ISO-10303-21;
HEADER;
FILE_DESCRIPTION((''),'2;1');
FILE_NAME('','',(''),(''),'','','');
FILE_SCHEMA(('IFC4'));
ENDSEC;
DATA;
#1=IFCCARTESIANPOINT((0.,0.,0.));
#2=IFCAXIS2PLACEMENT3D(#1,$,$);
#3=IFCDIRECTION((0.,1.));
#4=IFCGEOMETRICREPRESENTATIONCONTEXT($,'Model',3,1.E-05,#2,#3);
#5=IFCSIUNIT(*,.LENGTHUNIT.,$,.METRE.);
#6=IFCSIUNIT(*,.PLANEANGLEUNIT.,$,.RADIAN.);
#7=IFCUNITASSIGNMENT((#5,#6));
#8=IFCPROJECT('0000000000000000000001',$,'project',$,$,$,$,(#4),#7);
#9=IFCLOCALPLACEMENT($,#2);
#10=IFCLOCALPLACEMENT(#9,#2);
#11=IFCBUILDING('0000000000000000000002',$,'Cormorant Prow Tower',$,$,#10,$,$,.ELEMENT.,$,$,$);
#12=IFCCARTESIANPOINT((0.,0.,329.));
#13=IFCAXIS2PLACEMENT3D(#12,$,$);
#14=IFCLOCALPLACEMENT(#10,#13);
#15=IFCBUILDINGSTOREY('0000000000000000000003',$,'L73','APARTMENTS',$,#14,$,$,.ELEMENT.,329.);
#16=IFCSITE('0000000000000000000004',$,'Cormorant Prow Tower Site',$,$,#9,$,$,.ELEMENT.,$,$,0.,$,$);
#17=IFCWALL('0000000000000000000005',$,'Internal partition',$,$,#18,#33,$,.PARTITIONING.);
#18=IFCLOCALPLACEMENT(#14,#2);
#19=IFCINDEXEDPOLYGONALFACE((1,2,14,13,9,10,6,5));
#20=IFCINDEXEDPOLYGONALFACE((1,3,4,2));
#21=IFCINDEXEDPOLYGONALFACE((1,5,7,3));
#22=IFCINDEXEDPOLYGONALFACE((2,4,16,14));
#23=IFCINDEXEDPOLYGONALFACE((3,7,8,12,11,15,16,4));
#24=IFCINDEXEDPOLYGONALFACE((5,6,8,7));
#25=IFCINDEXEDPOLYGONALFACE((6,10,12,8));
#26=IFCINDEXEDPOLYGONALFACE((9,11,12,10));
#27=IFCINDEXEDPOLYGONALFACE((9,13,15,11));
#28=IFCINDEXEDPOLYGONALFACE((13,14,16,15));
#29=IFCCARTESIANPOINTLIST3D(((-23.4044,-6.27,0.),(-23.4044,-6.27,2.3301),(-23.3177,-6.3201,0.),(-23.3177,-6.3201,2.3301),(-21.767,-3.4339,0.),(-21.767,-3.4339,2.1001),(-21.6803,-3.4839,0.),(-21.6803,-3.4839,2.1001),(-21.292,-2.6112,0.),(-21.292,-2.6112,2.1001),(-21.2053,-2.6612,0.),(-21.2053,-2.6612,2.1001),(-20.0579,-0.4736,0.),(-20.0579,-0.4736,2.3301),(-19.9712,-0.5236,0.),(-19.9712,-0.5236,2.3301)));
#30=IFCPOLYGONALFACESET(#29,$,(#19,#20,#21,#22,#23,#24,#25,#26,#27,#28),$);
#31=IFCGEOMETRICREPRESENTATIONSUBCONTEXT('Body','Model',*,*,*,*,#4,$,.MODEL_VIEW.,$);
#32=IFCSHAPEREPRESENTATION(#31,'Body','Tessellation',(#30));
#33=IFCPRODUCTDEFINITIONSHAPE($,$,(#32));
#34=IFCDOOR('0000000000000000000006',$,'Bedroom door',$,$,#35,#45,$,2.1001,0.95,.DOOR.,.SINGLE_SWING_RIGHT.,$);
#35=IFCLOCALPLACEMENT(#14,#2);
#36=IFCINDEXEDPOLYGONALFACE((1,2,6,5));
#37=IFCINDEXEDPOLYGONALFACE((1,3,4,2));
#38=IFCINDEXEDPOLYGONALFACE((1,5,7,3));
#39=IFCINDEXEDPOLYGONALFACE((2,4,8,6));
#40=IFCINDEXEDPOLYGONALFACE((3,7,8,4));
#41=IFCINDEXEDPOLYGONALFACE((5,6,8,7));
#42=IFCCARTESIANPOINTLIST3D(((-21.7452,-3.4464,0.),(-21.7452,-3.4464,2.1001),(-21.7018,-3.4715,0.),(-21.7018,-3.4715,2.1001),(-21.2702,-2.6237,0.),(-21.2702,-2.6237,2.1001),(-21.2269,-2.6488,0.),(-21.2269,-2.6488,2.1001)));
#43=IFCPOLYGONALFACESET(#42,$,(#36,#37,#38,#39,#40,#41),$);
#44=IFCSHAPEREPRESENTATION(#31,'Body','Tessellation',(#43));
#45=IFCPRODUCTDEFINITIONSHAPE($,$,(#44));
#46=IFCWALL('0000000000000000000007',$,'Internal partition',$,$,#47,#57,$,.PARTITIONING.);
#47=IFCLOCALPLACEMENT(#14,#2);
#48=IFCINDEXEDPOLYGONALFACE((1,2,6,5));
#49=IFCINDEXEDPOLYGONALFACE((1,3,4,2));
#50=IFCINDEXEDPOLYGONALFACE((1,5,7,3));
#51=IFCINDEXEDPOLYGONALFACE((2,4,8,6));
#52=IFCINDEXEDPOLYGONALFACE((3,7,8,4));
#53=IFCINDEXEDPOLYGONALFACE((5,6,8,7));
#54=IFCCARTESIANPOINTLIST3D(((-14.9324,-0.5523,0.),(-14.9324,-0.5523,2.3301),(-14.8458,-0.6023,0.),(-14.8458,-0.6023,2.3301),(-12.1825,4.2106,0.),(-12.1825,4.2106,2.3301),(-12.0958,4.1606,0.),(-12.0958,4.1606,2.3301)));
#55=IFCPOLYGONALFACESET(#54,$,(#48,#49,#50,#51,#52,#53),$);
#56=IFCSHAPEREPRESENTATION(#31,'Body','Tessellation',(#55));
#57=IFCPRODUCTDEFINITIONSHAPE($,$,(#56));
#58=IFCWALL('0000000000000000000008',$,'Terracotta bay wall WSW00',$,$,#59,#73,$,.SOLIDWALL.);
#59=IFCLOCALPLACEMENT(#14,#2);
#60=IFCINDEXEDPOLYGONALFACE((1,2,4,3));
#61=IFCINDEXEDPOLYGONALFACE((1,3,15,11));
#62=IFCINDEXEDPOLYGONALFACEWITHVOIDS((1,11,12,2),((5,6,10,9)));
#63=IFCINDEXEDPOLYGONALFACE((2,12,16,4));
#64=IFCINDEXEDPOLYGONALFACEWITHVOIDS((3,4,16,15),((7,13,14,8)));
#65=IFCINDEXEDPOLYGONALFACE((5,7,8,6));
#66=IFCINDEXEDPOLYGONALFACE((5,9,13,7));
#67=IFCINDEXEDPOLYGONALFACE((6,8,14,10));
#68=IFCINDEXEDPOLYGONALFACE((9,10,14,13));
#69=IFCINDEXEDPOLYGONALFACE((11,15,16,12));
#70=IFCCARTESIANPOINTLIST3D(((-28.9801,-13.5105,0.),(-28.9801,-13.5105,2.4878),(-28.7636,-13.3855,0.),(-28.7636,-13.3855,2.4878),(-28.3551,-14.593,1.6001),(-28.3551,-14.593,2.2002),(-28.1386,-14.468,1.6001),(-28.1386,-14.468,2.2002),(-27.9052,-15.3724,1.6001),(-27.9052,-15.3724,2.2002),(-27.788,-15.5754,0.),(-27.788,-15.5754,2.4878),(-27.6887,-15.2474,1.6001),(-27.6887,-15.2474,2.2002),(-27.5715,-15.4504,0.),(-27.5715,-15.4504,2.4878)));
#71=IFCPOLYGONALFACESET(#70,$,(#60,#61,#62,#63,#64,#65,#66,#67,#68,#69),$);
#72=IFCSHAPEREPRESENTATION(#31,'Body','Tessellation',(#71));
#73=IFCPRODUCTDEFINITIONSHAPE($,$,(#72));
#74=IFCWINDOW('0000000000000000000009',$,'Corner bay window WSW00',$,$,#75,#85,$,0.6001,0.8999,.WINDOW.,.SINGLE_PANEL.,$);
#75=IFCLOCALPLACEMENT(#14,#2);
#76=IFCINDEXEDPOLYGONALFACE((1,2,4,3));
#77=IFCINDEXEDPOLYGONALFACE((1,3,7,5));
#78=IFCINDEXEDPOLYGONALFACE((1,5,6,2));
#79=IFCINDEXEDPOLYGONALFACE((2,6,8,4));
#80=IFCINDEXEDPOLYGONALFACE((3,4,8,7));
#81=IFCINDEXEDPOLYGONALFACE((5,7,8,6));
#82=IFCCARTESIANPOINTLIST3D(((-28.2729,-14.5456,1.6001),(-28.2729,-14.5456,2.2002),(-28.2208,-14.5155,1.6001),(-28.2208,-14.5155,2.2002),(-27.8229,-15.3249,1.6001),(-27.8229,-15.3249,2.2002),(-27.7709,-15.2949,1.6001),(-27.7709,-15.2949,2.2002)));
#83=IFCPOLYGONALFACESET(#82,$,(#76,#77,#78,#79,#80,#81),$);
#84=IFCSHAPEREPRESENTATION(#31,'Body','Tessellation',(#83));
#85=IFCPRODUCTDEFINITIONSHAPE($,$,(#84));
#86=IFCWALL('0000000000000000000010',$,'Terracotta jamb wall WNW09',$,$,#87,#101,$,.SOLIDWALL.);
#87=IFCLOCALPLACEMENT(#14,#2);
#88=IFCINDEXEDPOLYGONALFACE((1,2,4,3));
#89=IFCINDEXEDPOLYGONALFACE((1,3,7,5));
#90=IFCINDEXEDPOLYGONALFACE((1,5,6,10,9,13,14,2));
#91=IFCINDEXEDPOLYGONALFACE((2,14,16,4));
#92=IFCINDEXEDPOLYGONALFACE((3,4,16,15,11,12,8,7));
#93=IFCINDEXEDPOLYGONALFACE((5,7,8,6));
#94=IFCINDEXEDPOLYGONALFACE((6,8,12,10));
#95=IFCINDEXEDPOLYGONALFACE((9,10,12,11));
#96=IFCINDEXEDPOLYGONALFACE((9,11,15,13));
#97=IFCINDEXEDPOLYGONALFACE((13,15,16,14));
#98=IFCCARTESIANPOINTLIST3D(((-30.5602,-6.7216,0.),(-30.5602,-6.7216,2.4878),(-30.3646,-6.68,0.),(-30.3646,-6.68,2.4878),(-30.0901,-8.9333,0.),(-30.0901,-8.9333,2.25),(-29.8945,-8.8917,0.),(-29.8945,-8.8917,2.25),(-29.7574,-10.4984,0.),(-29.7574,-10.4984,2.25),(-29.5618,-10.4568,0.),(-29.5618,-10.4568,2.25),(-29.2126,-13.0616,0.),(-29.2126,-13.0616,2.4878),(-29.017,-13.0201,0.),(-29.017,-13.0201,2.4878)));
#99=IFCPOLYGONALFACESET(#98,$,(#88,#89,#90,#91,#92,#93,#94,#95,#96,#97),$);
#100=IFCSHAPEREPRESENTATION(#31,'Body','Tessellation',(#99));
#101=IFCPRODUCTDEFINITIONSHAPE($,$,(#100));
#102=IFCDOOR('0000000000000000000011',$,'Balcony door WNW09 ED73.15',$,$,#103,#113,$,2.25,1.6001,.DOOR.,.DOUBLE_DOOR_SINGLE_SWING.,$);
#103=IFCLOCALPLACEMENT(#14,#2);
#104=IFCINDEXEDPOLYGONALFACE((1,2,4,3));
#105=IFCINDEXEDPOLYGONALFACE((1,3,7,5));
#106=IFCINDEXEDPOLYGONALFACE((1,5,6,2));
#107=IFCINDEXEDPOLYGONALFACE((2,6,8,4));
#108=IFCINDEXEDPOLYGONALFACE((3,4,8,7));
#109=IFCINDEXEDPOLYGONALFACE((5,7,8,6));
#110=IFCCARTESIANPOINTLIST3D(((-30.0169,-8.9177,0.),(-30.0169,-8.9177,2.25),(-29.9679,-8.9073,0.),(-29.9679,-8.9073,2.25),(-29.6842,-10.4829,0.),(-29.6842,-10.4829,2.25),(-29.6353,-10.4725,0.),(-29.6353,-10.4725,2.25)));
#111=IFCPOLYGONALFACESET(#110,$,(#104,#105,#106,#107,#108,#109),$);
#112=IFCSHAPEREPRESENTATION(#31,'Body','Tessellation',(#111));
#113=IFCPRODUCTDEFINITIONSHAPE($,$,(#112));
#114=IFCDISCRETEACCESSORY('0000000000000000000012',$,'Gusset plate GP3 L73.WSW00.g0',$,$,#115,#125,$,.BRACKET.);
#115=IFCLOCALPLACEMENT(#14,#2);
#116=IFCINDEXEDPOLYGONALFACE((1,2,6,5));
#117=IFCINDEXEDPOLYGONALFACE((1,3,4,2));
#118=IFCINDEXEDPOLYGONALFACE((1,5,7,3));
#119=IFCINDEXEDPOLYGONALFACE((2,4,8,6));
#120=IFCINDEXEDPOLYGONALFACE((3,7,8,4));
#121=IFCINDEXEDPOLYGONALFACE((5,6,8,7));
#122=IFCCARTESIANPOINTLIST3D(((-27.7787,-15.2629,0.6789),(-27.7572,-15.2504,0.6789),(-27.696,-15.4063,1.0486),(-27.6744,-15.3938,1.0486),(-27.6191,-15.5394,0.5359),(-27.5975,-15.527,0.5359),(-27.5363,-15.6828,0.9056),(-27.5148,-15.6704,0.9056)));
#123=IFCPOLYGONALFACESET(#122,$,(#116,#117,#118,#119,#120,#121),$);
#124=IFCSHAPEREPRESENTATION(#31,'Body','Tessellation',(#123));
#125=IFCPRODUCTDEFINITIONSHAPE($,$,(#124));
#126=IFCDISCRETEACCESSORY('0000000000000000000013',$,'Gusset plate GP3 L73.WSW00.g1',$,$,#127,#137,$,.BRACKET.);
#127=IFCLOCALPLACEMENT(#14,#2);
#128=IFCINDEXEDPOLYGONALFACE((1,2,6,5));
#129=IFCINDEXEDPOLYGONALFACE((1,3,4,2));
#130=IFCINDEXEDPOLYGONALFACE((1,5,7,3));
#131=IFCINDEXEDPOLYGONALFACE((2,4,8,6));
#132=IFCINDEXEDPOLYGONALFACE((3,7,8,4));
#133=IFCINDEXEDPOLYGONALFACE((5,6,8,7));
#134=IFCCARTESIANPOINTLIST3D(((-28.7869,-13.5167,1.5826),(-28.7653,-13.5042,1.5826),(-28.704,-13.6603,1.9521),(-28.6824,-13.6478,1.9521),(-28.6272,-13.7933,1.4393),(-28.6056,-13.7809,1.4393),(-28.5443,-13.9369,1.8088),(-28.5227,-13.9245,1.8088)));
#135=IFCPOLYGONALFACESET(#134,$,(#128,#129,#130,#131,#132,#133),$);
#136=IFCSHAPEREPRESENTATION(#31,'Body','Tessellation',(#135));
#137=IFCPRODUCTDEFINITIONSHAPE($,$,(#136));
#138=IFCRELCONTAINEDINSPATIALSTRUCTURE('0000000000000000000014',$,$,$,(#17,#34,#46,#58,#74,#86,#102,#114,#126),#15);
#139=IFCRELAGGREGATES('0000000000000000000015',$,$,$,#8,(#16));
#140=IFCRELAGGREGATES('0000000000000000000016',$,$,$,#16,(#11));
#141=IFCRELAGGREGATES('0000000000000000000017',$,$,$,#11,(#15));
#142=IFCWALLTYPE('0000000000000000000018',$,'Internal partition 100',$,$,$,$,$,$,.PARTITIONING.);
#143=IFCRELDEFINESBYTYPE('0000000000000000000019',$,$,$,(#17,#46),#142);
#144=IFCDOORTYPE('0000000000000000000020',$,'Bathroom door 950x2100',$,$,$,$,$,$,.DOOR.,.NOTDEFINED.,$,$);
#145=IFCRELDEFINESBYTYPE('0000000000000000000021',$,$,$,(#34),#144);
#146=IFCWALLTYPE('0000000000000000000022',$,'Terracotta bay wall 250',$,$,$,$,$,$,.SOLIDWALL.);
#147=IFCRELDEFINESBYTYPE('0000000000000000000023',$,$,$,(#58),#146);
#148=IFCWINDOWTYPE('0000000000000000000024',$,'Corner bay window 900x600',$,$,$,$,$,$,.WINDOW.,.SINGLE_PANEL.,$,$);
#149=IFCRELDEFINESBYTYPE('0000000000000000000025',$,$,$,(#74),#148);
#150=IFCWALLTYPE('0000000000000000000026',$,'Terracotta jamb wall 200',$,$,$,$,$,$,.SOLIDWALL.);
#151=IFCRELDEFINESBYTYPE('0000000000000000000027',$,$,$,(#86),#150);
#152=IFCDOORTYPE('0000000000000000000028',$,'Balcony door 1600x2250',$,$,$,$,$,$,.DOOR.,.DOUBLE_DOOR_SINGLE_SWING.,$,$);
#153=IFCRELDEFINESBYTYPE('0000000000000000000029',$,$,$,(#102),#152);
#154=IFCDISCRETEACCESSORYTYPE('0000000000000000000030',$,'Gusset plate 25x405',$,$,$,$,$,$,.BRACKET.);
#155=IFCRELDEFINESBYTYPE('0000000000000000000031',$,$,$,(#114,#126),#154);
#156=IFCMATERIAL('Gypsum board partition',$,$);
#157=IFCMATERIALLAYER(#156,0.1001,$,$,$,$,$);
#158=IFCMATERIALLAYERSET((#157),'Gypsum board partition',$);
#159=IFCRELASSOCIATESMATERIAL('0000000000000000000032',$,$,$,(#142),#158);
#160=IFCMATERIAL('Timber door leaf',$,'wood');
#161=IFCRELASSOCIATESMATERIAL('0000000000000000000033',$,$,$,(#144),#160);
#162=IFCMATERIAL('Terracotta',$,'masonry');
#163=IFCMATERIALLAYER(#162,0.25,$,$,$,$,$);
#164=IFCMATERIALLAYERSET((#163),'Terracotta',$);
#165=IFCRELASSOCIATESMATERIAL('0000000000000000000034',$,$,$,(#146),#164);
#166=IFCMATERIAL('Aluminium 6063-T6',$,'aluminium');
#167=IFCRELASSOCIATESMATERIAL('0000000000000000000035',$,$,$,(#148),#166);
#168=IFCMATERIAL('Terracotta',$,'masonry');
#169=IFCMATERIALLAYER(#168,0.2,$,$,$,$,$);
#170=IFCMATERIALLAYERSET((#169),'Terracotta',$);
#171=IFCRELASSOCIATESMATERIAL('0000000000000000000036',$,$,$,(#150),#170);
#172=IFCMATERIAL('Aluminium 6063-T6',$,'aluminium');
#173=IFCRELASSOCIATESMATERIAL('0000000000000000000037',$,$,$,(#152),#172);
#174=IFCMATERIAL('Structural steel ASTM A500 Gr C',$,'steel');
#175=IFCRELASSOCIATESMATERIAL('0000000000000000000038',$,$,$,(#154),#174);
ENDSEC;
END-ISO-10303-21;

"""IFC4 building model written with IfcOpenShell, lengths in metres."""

from ifc_helpers import new_model, si_unit, direction, frame, frame_2d, origin, origin_2d, place, context, subcontext, project, spatial, rectangle, extrude, material, layer, layer_set, material_profile, profile_set, type_object, element, fill, save


model = new_model("IFC4")

# Units and contexts
model_context = context("Model", 3, precision=1e-05, world=origin(), true_north=direction((0.0, 1.0)))
body_context = subcontext(model_context, "Body", "Model", "MODEL_VIEW")
ifc_project = project(units=[si_unit("LENGTHUNIT", "METRE"), si_unit("PLANEANGLEUNIT", "RADIAN")], contexts=[model_context])

# Site, building, storey
site_placement = place(None, origin())
site = spatial("IfcSite", under=ifc_project, at=site_placement, Name="Cormorant Prow Tower Site", CompositionType="ELEMENT", RefElevation=0.0)
building_placement = place(site_placement, origin())
building = spatial("IfcBuilding", under=site, at=building_placement, Name="Cormorant Prow Tower", CompositionType="ELEMENT")
storey_placement = place(building_placement, frame((0.0, 0.0, 329.0)))
storey = spatial("IfcBuildingStorey", under=building, at=storey_placement, Name="L73", Description="APARTMENTS", CompositionType="ELEMENT", Elevation=329.0)

# Wall, opening, door
ifc_material_1 = material(Name="Gypsum board partition")
ifc_layer_1 = layer(ifc_material_1, 0.1001)
ifc_layer_set_1 = layer_set([ifc_layer_1], Name="Gypsum board partition")
wall_type_1 = type_object("IfcWallType", Name="Internal partition 100", PredefinedType="PARTITIONING", material=ifc_layer_set_1)
wall_1_placement = place(storey_placement, frame((-23.3611, -6.2952, 0.0), z_axis=(0.0, 0.0, 1.0), x_axis=(0.499988, 0.866033, 0.0)))
wall_1 = element("IfcWall", 1, at=wall_1_placement, inside=storey, type_object=wall_type_1, Name="Internal partition", PredefinedType="PARTITIONING", context=body_context, shape_type="SweptSolid", body=[
    extrude(rectangle(XDim=6.6931, YDim=0.1001, at=frame_2d((3.3467, 0.0))), origin(), (0.0, 0.0, 1.0), 2.3301),
])
opening_1_placement = place(wall_1_placement, frame((3.2749, 0.0, 0.0)))
opening_1 = element("IfcOpeningElement", 2, at=opening_1_placement, cuts=wall_1, PredefinedType="OPENING", context=body_context, shape_type="SweptSolid", body=[
    extrude(rectangle(XDim=0.95, YDim=2.1001, at=frame_2d((0.4751, 1.05))), frame((0.0, 0.0601, 0.0), z_axis=(0.0, -1.0, 0.0), x_axis=(1.0, 0.0, 0.0)), (0.0, 0.0, 1.0), 0.1201),
])
ifc_material_2 = material(Name="Timber door leaf", Category="wood")
door_type_1 = type_object("IfcDoorType", Name="Bathroom door 950x2100", OperationType="NOTDEFINED", PredefinedType="DOOR", material=ifc_material_2)
door_1_placement = place(opening_1_placement, origin())
door_1 = element("IfcDoor", 3, at=door_1_placement, inside=storey, type_object=door_type_1, Name="Bedroom door", OperationType="SINGLE_SWING_RIGHT", OverallHeight=2.1001, OverallWidth=0.95, PredefinedType="DOOR", context=body_context, shape_type="SweptSolid", body=[
    extrude(rectangle(XDim=0.95, YDim=2.1001, at=frame_2d((0.4751, 1.05))), frame((0.0, 0.0249, 0.0), z_axis=(0.0, -1.0, 0.0), x_axis=(1.0, 0.0, 0.0)), (0.0, 0.0, 1.0), 0.05),
])
fill(opening_1, door_1)

# Wall
wall_2_placement = place(storey_placement, frame((-14.8892, -0.5774, 0.0), z_axis=(0.0, 0.0, 1.0), x_axis=(0.500016, 0.866016, 0.0)))
element("IfcWall", 4, at=wall_2_placement, inside=storey, type_object=wall_type_1, Name="Internal partition", PredefinedType="PARTITIONING", context=body_context, shape_type="SweptSolid", body=[
    extrude(rectangle(XDim=5.4998, YDim=0.1001, at=frame_2d((2.75, 0.0))), origin(), (0.0, 0.0, 1.0), 2.3301),
])

# Wall, opening, window
ifc_material_3 = material(Name="Terracotta", Category="masonry")
ifc_layer_2 = layer(ifc_material_3, 0.25)
ifc_layer_set_2 = layer_set([ifc_layer_2], Name="Terracotta")
wall_type_2 = type_object("IfcWallType", Name="Terracotta bay wall 250", PredefinedType="SOLIDWALL", material=ifc_layer_set_2)
wall_3_placement = place(storey_placement, frame((-28.8718, -13.448, 0.0), z_axis=(0.0, 0.0, 1.0), x_axis=(0.499982, -0.866036, 0.0)))
wall_3 = element("IfcWall", 5, at=wall_3_placement, inside=storey, type_object=wall_type_2, Name="Terracotta bay wall WSW00", PredefinedType="SOLIDWALL", context=body_context, shape_type="SweptSolid", body=[
    extrude(rectangle(XDim=2.3843, YDim=0.25, at=frame_2d((1.1921, 0.0))), origin(), (0.0, 0.0, 1.0), 2.4878),
])
opening_2_placement = place(wall_3_placement, frame((1.25, 0.0, 1.6001)))
opening_2 = element("IfcOpeningElement", 6, at=opening_2_placement, cuts=wall_3, PredefinedType="OPENING", context=body_context, shape_type="SweptSolid", body=[
    extrude(rectangle(XDim=0.8999, YDim=0.6001, at=frame_2d((0.45, 0.3))), frame((0.0, 0.135, 0.0), z_axis=(0.0, -1.0, 0.0), x_axis=(1.0, 0.0, 0.0)), (0.0, 0.0, 1.0), 0.27),
])
ifc_material_4 = material(Name="Aluminium 6063-T6", Category="aluminium")
window_type = type_object("IfcWindowType", Name="Corner bay window 900x600", PartitioningType="SINGLE_PANEL", PredefinedType="WINDOW", material=ifc_material_4)
window_placement = place(opening_2_placement, origin())
window = element("IfcWindow", 7, at=window_placement, inside=storey, type_object=window_type, Name="Corner bay window WSW00", OverallHeight=0.6001, OverallWidth=0.8999, PartitioningType="SINGLE_PANEL", PredefinedType="WINDOW", context=body_context, shape_type="SweptSolid", body=[
    extrude(rectangle(XDim=0.8999, YDim=0.6001, at=frame_2d((0.45, 0.3))), frame((0.0, 0.03, 0.0), z_axis=(0.0, -1.0, 0.0), x_axis=(1.0, 0.0, 0.0)), (0.0, 0.0, 1.0), 0.0601),
])
fill(opening_2, window)

# Wall, opening, door
ifc_material_5 = material(Name="Terracotta", Category="masonry")
ifc_layer_3 = layer(ifc_material_5, 0.2)
ifc_layer_set_3 = layer_set([ifc_layer_3], Name="Terracotta")
wall_type_3 = type_object("IfcWallType", Name="Terracotta jamb wall 200", PredefinedType="SOLIDWALL", material=ifc_layer_set_3)
wall_4_placement = place(storey_placement, frame((-30.4624, -6.7009, 0.0), z_axis=(0.0, 0.0, 1.0), x_axis=(0.207916, -0.978147, 0.0)))
wall_4 = element("IfcWall", 8, at=wall_4_placement, inside=storey, type_object=wall_type_3, Name="Terracotta jamb wall WNW09", PredefinedType="SOLIDWALL", context=body_context, shape_type="SweptSolid", body=[
    extrude(rectangle(XDim=6.4817, YDim=0.2, at=frame_2d((3.2407, 0.0))), origin(), (0.0, 0.0, 1.0), 2.4878),
])
opening_3_placement = place(wall_4_placement, frame((2.261, 0.0, 0.0)))
opening_3 = element("IfcOpeningElement", 9, at=opening_3_placement, cuts=wall_4, PredefinedType="OPENING", context=body_context, shape_type="SweptSolid", body=[
    extrude(rectangle(XDim=1.6001, YDim=2.25, at=frame_2d((0.8, 1.125))), frame((0.0, 0.1099, 0.0), z_axis=(0.0, -1.0, 0.0), x_axis=(1.0, 0.0, 0.0)), (0.0, 0.0, 1.0), 0.22),
])
ifc_material_6 = material(Name="Aluminium 6063-T6", Category="aluminium")
door_type_2 = type_object("IfcDoorType", Name="Balcony door 1600x2250", OperationType="DOUBLE_DOOR_SINGLE_SWING", PredefinedType="DOOR", material=ifc_material_6)
door_2_placement = place(opening_3_placement, origin())
door_2 = element("IfcDoor", 10, at=door_2_placement, inside=storey, type_object=door_type_2, Name="Balcony door WNW09 ED73.15", OperationType="DOUBLE_DOOR_SINGLE_SWING", OverallHeight=2.25, OverallWidth=1.6001, PredefinedType="DOOR", context=body_context, shape_type="SweptSolid", body=[
    extrude(rectangle(XDim=1.6001, YDim=2.25, at=frame_2d((0.8, 1.125))), frame((0.0, 0.0249, 0.0), z_axis=(0.0, -1.0, 0.0), x_axis=(1.0, 0.0, 0.0)), (0.0, 0.0, 1.0), 0.05),
])
fill(opening_3, door_2)

# Discrete accessories
ifc_material_7 = material(Name="Structural steel ASTM A500 Gr C", Category="steel")
ifc_material_profile_1 = material_profile(ifc_material_7, rectangle(XDim=0.0249, YDim=0.405, at=origin_2d()), Name="Gusset plate 25x405")
ifc_profile_set_1 = profile_set([ifc_material_profile_1], Name="Structural steel ASTM A500 Gr C")
discrete_accessory_type = type_object("IfcDiscreteAccessoryType", Name="Gusset plate 25x405", PredefinedType="BRACKET", material=ifc_profile_set_1)
discrete_accessory_1_placement = place(storey_placement, frame((-27.7266, -15.3284, 0.8638), z_axis=(0.456239, -0.790397, -0.408802), x_axis=(0.866071, 0.499921, 0.0)))
element("IfcDiscreteAccessory", 11, at=discrete_accessory_1_placement, inside=storey, type_object=discrete_accessory_type, Name="Gusset plate GP3 L73.WSW00.g0", PredefinedType="BRACKET", context=body_context, shape_type="SweptSolid", body=[
    extrude(rectangle(XDim=0.0249, YDim=0.405, at=origin_2d()), origin(), (0.0, 0.0, 1.0), 0.3499),
])
discrete_accessory_2_placement = place(storey_placement, frame((-28.575, -13.8589, 1.624), z_axis=(-0.456109, 0.790171, 0.409383), x_axis=(-0.866071, -0.499921, 0.0)))
element("IfcDiscreteAccessory", 12, at=discrete_accessory_2_placement, inside=storey, type_object=discrete_accessory_type, Name="Gusset plate GP3 L73.WSW00.g1", PredefinedType="BRACKET", context=body_context, shape_type="SweptSolid", body=[
    extrude(rectangle(XDim=0.0249, YDim=0.405, at=origin_2d()), origin(), (0.0, 0.0, 1.0), 0.3501),
])

save(model, "model.ifc")
